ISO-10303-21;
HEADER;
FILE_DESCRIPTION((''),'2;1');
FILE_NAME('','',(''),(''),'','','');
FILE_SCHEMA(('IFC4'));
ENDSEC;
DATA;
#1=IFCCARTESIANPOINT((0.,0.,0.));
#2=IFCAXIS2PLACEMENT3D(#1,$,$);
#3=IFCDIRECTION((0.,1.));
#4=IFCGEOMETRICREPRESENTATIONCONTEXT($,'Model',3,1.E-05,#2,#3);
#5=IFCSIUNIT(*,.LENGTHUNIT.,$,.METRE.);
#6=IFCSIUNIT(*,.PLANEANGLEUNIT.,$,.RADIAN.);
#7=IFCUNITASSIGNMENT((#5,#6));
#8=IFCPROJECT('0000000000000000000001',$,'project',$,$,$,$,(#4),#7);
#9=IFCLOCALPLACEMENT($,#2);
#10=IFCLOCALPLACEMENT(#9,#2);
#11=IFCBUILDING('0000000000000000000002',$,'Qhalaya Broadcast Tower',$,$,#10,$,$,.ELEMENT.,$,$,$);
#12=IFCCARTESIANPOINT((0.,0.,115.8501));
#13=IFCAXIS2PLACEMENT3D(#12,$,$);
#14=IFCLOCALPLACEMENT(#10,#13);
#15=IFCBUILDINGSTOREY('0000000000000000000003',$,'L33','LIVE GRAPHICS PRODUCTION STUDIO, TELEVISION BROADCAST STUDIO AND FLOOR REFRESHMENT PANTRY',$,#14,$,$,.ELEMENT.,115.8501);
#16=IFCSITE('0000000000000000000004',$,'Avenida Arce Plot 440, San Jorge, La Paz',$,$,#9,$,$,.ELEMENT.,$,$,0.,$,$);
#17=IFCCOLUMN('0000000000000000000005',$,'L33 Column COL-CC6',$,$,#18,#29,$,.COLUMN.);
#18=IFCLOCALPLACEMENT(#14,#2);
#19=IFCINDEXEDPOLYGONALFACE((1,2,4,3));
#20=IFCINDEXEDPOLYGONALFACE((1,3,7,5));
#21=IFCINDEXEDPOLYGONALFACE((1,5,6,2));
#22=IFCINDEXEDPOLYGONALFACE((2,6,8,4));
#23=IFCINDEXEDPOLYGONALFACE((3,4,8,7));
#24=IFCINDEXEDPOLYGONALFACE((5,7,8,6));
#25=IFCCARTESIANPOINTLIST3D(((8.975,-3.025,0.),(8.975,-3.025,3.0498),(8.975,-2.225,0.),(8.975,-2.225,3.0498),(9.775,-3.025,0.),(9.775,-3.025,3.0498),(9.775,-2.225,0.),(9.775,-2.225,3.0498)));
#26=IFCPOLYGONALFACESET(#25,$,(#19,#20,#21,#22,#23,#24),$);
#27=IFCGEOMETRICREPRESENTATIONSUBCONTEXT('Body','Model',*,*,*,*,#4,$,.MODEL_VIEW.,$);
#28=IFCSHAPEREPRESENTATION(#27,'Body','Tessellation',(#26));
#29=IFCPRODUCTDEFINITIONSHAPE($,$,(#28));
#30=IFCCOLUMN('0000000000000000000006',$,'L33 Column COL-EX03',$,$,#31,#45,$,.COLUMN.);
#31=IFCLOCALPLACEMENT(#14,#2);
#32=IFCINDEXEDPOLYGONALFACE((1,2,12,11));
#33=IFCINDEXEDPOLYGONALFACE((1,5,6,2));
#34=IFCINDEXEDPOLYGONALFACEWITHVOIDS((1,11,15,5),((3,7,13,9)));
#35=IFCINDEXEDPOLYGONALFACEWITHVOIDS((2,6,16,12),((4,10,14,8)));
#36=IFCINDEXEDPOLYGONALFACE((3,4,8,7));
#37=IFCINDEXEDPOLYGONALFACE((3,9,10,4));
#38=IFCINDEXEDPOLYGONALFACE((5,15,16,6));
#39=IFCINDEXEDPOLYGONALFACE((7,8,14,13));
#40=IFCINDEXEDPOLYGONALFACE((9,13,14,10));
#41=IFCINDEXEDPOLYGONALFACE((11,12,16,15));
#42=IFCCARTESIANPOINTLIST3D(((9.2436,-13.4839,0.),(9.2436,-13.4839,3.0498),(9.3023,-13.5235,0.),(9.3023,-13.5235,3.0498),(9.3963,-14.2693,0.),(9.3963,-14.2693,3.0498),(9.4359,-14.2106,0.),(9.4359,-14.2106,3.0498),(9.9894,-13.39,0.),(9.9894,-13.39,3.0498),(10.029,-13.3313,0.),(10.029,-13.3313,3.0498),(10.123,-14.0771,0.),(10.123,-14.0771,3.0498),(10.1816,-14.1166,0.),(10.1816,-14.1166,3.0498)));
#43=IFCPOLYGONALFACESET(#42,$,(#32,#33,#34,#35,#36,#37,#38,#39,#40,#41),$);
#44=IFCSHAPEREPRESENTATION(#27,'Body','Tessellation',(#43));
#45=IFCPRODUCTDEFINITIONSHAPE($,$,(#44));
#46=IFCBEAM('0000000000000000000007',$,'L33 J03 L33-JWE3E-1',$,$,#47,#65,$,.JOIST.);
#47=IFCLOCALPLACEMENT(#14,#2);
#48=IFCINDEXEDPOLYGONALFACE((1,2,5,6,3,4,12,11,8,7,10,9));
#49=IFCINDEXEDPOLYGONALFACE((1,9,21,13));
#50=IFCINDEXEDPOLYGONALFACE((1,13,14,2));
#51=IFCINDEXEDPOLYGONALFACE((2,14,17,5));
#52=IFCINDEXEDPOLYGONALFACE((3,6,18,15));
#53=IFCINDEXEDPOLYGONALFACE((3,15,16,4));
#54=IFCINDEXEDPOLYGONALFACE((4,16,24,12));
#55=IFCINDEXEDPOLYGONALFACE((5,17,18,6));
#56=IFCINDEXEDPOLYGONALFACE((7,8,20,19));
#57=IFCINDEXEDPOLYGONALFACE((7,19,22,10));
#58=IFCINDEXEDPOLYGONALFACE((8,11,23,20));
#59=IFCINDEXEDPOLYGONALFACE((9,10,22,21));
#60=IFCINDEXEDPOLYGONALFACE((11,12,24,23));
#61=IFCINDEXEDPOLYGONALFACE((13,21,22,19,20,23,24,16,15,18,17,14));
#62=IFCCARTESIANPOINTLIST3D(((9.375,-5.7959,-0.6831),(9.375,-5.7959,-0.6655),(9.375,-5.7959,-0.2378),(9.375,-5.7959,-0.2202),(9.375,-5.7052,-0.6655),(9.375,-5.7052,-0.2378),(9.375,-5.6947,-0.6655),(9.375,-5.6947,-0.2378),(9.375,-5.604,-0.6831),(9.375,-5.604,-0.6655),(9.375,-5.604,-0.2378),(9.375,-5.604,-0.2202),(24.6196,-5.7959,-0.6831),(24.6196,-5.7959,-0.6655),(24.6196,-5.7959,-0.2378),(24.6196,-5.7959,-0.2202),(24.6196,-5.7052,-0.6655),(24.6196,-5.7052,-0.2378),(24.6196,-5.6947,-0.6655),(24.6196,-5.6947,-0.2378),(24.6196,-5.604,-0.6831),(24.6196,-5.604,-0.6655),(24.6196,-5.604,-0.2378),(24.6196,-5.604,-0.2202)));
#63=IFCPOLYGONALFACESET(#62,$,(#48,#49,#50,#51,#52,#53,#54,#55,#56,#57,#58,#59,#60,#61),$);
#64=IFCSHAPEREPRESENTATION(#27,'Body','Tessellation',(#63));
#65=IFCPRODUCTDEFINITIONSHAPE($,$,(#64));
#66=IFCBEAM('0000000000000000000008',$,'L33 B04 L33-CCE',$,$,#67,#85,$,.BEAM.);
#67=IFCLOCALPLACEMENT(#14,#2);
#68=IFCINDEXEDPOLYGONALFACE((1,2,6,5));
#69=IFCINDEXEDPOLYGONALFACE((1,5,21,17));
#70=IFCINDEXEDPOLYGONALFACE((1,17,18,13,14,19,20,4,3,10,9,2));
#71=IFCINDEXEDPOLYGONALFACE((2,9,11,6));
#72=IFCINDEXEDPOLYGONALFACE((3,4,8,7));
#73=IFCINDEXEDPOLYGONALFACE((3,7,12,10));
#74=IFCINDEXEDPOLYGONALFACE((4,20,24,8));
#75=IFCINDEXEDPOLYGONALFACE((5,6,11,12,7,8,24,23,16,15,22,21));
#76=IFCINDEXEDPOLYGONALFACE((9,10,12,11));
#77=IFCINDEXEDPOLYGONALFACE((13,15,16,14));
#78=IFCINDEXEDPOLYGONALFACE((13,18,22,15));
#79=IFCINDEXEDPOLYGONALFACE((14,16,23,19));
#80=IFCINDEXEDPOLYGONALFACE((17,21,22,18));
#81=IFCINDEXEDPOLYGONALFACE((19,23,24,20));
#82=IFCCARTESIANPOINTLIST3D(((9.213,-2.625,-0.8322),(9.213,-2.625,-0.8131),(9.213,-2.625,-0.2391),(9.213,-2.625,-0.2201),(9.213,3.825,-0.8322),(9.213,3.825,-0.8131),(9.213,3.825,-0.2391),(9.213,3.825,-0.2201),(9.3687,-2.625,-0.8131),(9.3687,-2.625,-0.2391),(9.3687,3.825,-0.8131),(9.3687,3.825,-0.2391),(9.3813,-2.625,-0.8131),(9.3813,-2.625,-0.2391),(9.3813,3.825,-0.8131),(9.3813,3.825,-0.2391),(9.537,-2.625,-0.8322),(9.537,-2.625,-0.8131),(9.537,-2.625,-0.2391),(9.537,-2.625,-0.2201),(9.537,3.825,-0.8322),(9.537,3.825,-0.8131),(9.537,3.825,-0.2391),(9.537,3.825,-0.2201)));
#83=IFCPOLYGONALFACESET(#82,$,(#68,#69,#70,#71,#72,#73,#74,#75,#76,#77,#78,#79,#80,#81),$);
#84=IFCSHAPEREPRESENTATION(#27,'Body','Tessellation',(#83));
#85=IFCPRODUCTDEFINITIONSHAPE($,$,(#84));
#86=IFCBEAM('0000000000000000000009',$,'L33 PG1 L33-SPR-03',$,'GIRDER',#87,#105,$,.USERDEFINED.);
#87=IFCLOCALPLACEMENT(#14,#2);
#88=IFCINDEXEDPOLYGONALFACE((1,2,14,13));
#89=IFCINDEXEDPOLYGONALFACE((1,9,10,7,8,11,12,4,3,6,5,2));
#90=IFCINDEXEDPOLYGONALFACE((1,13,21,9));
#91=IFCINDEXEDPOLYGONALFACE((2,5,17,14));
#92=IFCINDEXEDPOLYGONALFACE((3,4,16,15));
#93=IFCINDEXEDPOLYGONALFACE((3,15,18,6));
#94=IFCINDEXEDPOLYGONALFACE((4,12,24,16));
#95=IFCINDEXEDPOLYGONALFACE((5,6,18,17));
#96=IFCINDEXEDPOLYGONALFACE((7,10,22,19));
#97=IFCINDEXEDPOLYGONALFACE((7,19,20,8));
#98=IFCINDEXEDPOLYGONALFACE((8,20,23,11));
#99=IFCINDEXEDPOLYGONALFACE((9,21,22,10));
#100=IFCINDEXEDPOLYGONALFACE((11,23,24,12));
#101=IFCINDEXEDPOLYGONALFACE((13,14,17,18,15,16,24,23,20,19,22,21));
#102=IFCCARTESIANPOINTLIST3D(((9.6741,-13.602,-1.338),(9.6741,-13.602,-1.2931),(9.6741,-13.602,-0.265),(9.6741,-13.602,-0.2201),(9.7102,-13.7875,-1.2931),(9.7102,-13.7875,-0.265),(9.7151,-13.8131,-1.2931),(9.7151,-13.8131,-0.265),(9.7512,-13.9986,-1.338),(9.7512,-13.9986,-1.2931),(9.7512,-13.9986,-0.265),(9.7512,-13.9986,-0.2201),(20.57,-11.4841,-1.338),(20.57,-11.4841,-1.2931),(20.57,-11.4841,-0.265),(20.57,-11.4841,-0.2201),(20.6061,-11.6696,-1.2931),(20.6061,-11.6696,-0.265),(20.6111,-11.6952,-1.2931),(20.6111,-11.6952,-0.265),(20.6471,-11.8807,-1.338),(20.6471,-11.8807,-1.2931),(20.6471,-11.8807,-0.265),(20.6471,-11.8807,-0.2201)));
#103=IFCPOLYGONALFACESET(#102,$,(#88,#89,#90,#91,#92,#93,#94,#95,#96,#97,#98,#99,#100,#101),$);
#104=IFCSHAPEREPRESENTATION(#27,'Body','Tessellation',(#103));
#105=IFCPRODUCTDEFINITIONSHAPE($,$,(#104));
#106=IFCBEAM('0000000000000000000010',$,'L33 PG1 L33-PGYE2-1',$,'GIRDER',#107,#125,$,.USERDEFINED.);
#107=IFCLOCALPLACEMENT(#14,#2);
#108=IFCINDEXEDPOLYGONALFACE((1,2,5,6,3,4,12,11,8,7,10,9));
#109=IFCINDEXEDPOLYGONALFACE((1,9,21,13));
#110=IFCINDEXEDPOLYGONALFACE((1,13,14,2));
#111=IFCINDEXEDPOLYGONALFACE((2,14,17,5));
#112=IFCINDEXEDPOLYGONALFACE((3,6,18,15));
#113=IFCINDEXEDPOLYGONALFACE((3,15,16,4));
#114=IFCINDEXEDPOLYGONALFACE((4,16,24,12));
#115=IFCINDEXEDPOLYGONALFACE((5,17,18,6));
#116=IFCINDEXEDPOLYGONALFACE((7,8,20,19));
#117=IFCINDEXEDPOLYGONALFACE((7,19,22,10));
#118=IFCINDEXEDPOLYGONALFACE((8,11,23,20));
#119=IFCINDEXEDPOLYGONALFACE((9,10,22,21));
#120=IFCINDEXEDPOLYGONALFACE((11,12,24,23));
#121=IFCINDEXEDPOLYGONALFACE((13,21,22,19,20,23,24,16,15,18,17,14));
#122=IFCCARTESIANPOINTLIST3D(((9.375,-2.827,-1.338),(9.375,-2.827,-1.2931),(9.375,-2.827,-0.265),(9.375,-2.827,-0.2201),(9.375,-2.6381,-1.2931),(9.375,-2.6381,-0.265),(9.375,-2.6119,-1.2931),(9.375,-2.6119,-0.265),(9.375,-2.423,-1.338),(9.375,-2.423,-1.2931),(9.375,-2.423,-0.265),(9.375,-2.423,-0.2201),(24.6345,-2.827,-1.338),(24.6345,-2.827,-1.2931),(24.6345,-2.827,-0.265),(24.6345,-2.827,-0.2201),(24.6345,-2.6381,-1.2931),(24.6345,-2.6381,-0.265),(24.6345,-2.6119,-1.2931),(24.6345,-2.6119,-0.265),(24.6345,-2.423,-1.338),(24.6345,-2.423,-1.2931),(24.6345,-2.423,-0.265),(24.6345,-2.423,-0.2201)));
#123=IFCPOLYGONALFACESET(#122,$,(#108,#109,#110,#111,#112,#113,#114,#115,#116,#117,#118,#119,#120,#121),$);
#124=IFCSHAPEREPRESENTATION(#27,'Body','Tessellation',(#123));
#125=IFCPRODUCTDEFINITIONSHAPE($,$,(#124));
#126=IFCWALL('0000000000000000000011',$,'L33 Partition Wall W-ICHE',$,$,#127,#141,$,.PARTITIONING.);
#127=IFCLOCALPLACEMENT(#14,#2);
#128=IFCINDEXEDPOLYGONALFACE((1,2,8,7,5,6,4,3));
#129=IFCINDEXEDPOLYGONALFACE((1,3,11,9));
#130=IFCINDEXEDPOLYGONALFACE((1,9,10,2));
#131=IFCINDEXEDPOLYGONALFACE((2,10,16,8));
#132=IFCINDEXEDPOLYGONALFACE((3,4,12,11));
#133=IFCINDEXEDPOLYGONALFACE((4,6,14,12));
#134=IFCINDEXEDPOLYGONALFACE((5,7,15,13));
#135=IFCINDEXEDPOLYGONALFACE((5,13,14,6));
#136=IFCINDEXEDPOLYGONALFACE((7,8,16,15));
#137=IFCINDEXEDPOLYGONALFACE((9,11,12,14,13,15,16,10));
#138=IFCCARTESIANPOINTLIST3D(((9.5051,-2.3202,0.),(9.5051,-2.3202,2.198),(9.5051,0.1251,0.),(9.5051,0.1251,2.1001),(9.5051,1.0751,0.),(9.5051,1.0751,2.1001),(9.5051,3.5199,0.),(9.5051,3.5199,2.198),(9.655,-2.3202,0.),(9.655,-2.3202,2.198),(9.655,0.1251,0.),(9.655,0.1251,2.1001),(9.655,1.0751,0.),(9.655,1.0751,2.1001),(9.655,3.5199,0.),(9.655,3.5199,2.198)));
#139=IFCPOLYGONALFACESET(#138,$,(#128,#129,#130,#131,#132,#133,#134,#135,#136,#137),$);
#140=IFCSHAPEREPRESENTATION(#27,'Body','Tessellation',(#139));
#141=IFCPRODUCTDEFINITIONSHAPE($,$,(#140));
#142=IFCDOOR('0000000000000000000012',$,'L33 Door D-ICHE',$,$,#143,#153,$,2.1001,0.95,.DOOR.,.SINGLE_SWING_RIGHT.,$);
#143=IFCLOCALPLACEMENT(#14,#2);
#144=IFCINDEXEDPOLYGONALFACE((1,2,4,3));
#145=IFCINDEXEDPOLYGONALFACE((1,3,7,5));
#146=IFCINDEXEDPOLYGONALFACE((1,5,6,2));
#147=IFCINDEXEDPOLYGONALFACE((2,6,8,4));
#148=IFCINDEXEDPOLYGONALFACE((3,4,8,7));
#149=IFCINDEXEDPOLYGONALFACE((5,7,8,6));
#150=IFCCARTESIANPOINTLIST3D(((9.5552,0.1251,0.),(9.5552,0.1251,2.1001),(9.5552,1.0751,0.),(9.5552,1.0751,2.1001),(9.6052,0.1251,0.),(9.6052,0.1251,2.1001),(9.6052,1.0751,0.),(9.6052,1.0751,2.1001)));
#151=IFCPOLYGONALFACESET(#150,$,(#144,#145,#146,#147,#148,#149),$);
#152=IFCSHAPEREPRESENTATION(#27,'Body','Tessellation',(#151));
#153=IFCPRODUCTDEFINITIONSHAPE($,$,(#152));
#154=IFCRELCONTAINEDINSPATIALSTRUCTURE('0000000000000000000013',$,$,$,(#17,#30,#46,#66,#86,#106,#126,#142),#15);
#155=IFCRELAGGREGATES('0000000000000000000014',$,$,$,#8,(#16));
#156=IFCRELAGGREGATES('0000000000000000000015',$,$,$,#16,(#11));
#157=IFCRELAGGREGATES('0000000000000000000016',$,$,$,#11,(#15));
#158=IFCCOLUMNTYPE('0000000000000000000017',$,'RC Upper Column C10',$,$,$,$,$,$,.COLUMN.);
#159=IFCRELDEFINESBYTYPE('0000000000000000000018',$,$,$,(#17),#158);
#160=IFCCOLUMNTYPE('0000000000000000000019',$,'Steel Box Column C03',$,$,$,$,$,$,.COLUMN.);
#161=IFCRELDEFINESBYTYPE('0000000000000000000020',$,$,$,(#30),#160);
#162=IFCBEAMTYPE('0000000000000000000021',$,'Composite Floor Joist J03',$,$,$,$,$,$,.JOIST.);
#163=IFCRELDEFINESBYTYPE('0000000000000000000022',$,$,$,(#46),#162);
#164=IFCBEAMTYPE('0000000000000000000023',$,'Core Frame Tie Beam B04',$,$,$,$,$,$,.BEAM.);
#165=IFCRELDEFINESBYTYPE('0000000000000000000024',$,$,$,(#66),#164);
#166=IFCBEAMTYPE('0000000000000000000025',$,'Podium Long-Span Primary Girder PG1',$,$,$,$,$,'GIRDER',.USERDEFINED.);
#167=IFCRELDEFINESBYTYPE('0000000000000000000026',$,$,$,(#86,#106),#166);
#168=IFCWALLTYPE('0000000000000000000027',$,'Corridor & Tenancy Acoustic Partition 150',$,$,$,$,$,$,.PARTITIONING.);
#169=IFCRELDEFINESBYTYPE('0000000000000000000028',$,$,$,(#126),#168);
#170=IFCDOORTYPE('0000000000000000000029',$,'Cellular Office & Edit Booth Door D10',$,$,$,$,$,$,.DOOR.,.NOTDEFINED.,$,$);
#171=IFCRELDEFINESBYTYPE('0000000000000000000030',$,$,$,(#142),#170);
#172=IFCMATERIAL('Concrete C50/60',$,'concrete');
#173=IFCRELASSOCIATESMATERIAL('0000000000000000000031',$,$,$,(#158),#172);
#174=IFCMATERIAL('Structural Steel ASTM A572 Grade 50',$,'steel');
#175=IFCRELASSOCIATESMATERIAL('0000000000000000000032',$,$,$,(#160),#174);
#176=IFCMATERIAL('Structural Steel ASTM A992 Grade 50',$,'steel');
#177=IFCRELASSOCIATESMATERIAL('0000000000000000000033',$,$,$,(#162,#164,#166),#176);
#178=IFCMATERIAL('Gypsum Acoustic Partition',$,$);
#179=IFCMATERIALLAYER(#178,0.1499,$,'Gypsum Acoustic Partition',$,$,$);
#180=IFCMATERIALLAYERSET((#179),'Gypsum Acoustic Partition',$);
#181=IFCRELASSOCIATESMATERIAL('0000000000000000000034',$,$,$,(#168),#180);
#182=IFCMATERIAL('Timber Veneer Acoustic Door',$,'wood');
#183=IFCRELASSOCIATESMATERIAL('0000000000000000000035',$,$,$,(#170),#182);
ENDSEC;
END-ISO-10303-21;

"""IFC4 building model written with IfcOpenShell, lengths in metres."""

from ifc_helpers import new_model, si_unit, direction, frame, frame_2d, origin, origin_2d, place, context, subcontext, project, spatial, rectangle, hollow_rectangle, i_section, extrude, material, layer, layer_set, material_profile, profile_set, type_object, element, fill, save


model = new_model("IFC4")

# Units and contexts
model_context = context("Model", 3, precision=1e-05, world=origin(), true_north=direction((0.0, 1.0)))
body_context = subcontext(model_context, "Body", "Model", "MODEL_VIEW")
ifc_project = project(units=[si_unit("LENGTHUNIT", "METRE"), si_unit("PLANEANGLEUNIT", "RADIAN")], contexts=[model_context])

# Site, building, storey
site_placement = place(None, origin())
site = spatial("IfcSite", under=ifc_project, at=site_placement, Name="Avenida Arce Plot 440, San Jorge, La Paz", CompositionType="ELEMENT", RefElevation=0.0)
building_placement = place(site_placement, origin())
building = spatial("IfcBuilding", under=site, at=building_placement, Name="Qhalaya Broadcast Tower", CompositionType="ELEMENT")
storey_placement = place(building_placement, frame((0.0, 0.0, 115.8501)))
storey = spatial("IfcBuildingStorey", under=building, at=storey_placement, Name="L33", Description="LIVE GRAPHICS PRODUCTION STUDIO, TELEVISION BROADCAST STUDIO AND FLOOR REFRESHMENT PANTRY", CompositionType="ELEMENT", Elevation=115.8501)

# Columns
ifc_material_1 = material(Name="Concrete C50/60", Category="concrete")
ifc_material_profile_1 = material_profile(ifc_material_1, rectangle(XDim=0.8, YDim=0.8, at=origin_2d()), Name="RC-COL 800x800")
ifc_profile_set_1 = profile_set([ifc_material_profile_1], Name="Concrete C50/60")
column_type_1 = type_object("IfcColumnType", Name="RC Upper Column C10", PredefinedType="COLUMN", material=ifc_profile_set_1)
column_1_placement = place(storey_placement, frame((9.375, -2.625, 0.0), z_axis=(0.0, 0.0, 1.0), x_axis=(1.0, 0.0, 0.0)))
element("IfcColumn", 1, at=column_1_placement, inside=storey, type_object=column_type_1, Name="L33 Column COL-CC6", PredefinedType="COLUMN", context=body_context, shape_type="SweptSolid", body=[
    extrude(rectangle(XDim=0.8, YDim=0.8, at=origin_2d()), origin(), (0.0, 0.0, 1.0), 3.0498),
])
ifc_material_2 = material(Name="Structural Steel ASTM A572 Grade 50", Category="steel")
ifc_material_profile_2 = material_profile(ifc_material_2, hollow_rectangle(XDim=0.8, YDim=0.8, WallThickness=0.05, at=origin_2d()), Name="BOX 800x800x50")
ifc_profile_set_2 = profile_set([ifc_material_profile_2], Name="Structural Steel ASTM A572 Grade 50")
column_type_2 = type_object("IfcColumnType", Name="Steel Box Column C03", PredefinedType="COLUMN", material=ifc_profile_set_2)
column_2_placement = place(storey_placement, frame((9.7126, -13.8003, 0.0), z_axis=(0.0, 0.0, 1.0), x_axis=(0.981627, 0.190809, 0.0)))
element("IfcColumn", 2, at=column_2_placement, inside=storey, type_object=column_type_2, Name="L33 Column COL-EX03", PredefinedType="COLUMN", context=body_context, shape_type="SweptSolid", body=[
    extrude(hollow_rectangle(XDim=0.8, YDim=0.8, WallThickness=0.05, at=origin_2d()), origin(), (0.0, 0.0, 1.0), 3.0498),
])

# Beams
ifc_material_3 = material(Name="Structural Steel ASTM A992 Grade 50", Category="steel")
ifc_material_profile_3 = material_profile(ifc_material_3, i_section(OverallWidth=0.1919, OverallDepth=0.4629, WebThickness=0.0105, FlangeThickness=0.0176, at=origin_2d()), Name="W18X60")
ifc_profile_set_3 = profile_set([ifc_material_profile_3], Name="Structural Steel ASTM A992 Grade 50")
beam_type_1 = type_object("IfcBeamType", Name="Composite Floor Joist J03", PredefinedType="JOIST", material=ifc_profile_set_3)
beam_1_placement = place(storey_placement, frame((9.375, -5.7, -0.4517), z_axis=(1.0, 0.0, 0.0), x_axis=(0.0, 1.0, 0.0)))
element("IfcBeam", 3, at=beam_1_placement, inside=storey, type_object=beam_type_1, Name="L33 J03 L33-JWE3E-1", PredefinedType="JOIST", context=body_context, shape_type="SweptSolid", body=[
    extrude(i_section(OverallWidth=0.1919, OverallDepth=0.4629, WebThickness=0.0105, FlangeThickness=0.0176, at=origin_2d()), origin(), (0.0, 0.0, 1.0), 15.2446),
])
ifc_material_profile_4 = material_profile(ifc_material_3, i_section(OverallWidth=0.324, OverallDepth=0.6121, WebThickness=0.0127, FlangeThickness=0.019, at=origin_2d()), Name="W24X104")
ifc_profile_set_4 = profile_set([ifc_material_profile_4], Name="Structural Steel ASTM A992 Grade 50")
beam_type_2 = type_object("IfcBeamType", Name="Core Frame Tie Beam B04", PredefinedType="BEAM", material=ifc_profile_set_4)
beam_2_placement = place(storey_placement, frame((9.375, -2.625, -0.5261), z_axis=(0.0, 1.0, 0.0), x_axis=(-1.0, 0.0, 0.0)))
element("IfcBeam", 4, at=beam_2_placement, inside=storey, type_object=beam_type_2, Name="L33 B04 L33-CCE", PredefinedType="BEAM", context=body_context, shape_type="SweptSolid", body=[
    extrude(i_section(OverallWidth=0.324, OverallDepth=0.6121, WebThickness=0.0127, FlangeThickness=0.019, at=origin_2d()), origin(), (0.0, 0.0, 1.0), 6.45),
])
ifc_material_profile_5 = material_profile(ifc_material_3, i_section(OverallWidth=0.4041, OverallDepth=1.1179, WebThickness=0.0261, FlangeThickness=0.0449, at=origin_2d()), Name="W44X335")
ifc_profile_set_5 = profile_set([ifc_material_profile_5], Name="Structural Steel ASTM A992 Grade 50")
beam_type_3 = type_object("IfcBeamType", Name="Podium Long-Span Primary Girder PG1", ElementType="GIRDER", PredefinedType="USERDEFINED", material=ifc_profile_set_5)
beam_3_placement = place(storey_placement, frame((9.7126, -13.8003, -0.7791), z_axis=(0.981628, 0.190805, 0.0), x_axis=(-0.190805, 0.981628, 0.0)))
element("IfcBeam", 5, at=beam_3_placement, inside=storey, type_object=beam_type_3, Name="L33 PG1 L33-SPR-03", ObjectType="GIRDER", PredefinedType="USERDEFINED", context=body_context, shape_type="SweptSolid", body=[
    extrude(i_section(OverallWidth=0.4041, OverallDepth=1.1179, WebThickness=0.0261, FlangeThickness=0.0449, at=origin_2d()), origin(), (0.0, 0.0, 1.0), 11.0999),
])
beam_4_placement = place(storey_placement, frame((9.375, -2.625, -0.7791), z_axis=(1.0, 0.0, 0.0), x_axis=(0.0, 1.0, 0.0)))
element("IfcBeam", 6, at=beam_4_placement, inside=storey, type_object=beam_type_3, Name="L33 PG1 L33-PGYE2-1", ObjectType="GIRDER", PredefinedType="USERDEFINED", context=body_context, shape_type="SweptSolid", body=[
    extrude(i_section(OverallWidth=0.4041, OverallDepth=1.1179, WebThickness=0.0261, FlangeThickness=0.0449, at=origin_2d()), origin(), (0.0, 0.0, 1.0), 15.2595),
])

# Wall, opening, door
ifc_material_4 = material(Name="Gypsum Acoustic Partition")
ifc_layer_1 = layer(ifc_material_4, 0.1499, Name="Gypsum Acoustic Partition")
ifc_layer_set_1 = layer_set([ifc_layer_1], Name="Gypsum Acoustic Partition")
wall_type_1 = type_object("IfcWallType", Name="Corridor & Tenancy Acoustic Partition 150", PredefinedType="PARTITIONING", material=ifc_layer_set_1)
wall_1_placement = place(storey_placement, frame((9.5801, -2.3201, 0.0), z_axis=(0.0, 0.0, 1.0), x_axis=(0.0, 1.0, 0.0)))
wall_1 = element("IfcWall", 7, at=wall_1_placement, inside=storey, type_object=wall_type_1, Name="L33 Partition Wall W-ICHE", PredefinedType="PARTITIONING", context=body_context, shape_type="SweptSolid", body=[
    extrude(rectangle(XDim=5.8401, YDim=0.1499, at=frame_2d((2.9199, 0.0))), origin(), (0.0, 0.0, 1.0), 2.198),
])
opening_1_placement = place(wall_1_placement, frame((2.4451, 0.0, 0.0)))
opening_1 = element("IfcOpeningElement", 8, at=opening_1_placement, cuts=wall_1, PredefinedType="OPENING", context=body_context, shape_type="SweptSolid", body=[
    extrude(rectangle(XDim=0.95, YDim=2.1001, at=frame_2d((0.4751, 1.05))), frame((0.0, 0.0869, 0.0), z_axis=(0.0, -1.0, 0.0), x_axis=(1.0, 0.0, 0.0)), (0.0, 0.0, 1.0), 0.1738),
])
ifc_material_5 = material(Name="Timber Veneer Acoustic Door", Category="wood")
door_type_1 = type_object("IfcDoorType", Name="Cellular Office & Edit Booth Door D10", OperationType="NOTDEFINED", PredefinedType="DOOR", material=ifc_material_5)
door_1_placement = place(opening_1_placement, origin())
door_1 = element("IfcDoor", 9, at=door_1_placement, inside=storey, type_object=door_type_1, Name="L33 Door D-ICHE", OperationType="SINGLE_SWING_RIGHT", OverallHeight=2.1001, OverallWidth=0.95, PredefinedType="DOOR", context=body_context, shape_type="SweptSolid", body=[
    extrude(rectangle(XDim=0.95, YDim=2.1001, at=frame_2d((0.4751, 1.05))), frame((0.0, 0.0249, 0.0), z_axis=(0.0, -1.0, 0.0), x_axis=(1.0, 0.0, 0.0)), (0.0, 0.0, 1.0), 0.05),
])
fill(opening_1, door_1)

save(model, "model.ifc")
